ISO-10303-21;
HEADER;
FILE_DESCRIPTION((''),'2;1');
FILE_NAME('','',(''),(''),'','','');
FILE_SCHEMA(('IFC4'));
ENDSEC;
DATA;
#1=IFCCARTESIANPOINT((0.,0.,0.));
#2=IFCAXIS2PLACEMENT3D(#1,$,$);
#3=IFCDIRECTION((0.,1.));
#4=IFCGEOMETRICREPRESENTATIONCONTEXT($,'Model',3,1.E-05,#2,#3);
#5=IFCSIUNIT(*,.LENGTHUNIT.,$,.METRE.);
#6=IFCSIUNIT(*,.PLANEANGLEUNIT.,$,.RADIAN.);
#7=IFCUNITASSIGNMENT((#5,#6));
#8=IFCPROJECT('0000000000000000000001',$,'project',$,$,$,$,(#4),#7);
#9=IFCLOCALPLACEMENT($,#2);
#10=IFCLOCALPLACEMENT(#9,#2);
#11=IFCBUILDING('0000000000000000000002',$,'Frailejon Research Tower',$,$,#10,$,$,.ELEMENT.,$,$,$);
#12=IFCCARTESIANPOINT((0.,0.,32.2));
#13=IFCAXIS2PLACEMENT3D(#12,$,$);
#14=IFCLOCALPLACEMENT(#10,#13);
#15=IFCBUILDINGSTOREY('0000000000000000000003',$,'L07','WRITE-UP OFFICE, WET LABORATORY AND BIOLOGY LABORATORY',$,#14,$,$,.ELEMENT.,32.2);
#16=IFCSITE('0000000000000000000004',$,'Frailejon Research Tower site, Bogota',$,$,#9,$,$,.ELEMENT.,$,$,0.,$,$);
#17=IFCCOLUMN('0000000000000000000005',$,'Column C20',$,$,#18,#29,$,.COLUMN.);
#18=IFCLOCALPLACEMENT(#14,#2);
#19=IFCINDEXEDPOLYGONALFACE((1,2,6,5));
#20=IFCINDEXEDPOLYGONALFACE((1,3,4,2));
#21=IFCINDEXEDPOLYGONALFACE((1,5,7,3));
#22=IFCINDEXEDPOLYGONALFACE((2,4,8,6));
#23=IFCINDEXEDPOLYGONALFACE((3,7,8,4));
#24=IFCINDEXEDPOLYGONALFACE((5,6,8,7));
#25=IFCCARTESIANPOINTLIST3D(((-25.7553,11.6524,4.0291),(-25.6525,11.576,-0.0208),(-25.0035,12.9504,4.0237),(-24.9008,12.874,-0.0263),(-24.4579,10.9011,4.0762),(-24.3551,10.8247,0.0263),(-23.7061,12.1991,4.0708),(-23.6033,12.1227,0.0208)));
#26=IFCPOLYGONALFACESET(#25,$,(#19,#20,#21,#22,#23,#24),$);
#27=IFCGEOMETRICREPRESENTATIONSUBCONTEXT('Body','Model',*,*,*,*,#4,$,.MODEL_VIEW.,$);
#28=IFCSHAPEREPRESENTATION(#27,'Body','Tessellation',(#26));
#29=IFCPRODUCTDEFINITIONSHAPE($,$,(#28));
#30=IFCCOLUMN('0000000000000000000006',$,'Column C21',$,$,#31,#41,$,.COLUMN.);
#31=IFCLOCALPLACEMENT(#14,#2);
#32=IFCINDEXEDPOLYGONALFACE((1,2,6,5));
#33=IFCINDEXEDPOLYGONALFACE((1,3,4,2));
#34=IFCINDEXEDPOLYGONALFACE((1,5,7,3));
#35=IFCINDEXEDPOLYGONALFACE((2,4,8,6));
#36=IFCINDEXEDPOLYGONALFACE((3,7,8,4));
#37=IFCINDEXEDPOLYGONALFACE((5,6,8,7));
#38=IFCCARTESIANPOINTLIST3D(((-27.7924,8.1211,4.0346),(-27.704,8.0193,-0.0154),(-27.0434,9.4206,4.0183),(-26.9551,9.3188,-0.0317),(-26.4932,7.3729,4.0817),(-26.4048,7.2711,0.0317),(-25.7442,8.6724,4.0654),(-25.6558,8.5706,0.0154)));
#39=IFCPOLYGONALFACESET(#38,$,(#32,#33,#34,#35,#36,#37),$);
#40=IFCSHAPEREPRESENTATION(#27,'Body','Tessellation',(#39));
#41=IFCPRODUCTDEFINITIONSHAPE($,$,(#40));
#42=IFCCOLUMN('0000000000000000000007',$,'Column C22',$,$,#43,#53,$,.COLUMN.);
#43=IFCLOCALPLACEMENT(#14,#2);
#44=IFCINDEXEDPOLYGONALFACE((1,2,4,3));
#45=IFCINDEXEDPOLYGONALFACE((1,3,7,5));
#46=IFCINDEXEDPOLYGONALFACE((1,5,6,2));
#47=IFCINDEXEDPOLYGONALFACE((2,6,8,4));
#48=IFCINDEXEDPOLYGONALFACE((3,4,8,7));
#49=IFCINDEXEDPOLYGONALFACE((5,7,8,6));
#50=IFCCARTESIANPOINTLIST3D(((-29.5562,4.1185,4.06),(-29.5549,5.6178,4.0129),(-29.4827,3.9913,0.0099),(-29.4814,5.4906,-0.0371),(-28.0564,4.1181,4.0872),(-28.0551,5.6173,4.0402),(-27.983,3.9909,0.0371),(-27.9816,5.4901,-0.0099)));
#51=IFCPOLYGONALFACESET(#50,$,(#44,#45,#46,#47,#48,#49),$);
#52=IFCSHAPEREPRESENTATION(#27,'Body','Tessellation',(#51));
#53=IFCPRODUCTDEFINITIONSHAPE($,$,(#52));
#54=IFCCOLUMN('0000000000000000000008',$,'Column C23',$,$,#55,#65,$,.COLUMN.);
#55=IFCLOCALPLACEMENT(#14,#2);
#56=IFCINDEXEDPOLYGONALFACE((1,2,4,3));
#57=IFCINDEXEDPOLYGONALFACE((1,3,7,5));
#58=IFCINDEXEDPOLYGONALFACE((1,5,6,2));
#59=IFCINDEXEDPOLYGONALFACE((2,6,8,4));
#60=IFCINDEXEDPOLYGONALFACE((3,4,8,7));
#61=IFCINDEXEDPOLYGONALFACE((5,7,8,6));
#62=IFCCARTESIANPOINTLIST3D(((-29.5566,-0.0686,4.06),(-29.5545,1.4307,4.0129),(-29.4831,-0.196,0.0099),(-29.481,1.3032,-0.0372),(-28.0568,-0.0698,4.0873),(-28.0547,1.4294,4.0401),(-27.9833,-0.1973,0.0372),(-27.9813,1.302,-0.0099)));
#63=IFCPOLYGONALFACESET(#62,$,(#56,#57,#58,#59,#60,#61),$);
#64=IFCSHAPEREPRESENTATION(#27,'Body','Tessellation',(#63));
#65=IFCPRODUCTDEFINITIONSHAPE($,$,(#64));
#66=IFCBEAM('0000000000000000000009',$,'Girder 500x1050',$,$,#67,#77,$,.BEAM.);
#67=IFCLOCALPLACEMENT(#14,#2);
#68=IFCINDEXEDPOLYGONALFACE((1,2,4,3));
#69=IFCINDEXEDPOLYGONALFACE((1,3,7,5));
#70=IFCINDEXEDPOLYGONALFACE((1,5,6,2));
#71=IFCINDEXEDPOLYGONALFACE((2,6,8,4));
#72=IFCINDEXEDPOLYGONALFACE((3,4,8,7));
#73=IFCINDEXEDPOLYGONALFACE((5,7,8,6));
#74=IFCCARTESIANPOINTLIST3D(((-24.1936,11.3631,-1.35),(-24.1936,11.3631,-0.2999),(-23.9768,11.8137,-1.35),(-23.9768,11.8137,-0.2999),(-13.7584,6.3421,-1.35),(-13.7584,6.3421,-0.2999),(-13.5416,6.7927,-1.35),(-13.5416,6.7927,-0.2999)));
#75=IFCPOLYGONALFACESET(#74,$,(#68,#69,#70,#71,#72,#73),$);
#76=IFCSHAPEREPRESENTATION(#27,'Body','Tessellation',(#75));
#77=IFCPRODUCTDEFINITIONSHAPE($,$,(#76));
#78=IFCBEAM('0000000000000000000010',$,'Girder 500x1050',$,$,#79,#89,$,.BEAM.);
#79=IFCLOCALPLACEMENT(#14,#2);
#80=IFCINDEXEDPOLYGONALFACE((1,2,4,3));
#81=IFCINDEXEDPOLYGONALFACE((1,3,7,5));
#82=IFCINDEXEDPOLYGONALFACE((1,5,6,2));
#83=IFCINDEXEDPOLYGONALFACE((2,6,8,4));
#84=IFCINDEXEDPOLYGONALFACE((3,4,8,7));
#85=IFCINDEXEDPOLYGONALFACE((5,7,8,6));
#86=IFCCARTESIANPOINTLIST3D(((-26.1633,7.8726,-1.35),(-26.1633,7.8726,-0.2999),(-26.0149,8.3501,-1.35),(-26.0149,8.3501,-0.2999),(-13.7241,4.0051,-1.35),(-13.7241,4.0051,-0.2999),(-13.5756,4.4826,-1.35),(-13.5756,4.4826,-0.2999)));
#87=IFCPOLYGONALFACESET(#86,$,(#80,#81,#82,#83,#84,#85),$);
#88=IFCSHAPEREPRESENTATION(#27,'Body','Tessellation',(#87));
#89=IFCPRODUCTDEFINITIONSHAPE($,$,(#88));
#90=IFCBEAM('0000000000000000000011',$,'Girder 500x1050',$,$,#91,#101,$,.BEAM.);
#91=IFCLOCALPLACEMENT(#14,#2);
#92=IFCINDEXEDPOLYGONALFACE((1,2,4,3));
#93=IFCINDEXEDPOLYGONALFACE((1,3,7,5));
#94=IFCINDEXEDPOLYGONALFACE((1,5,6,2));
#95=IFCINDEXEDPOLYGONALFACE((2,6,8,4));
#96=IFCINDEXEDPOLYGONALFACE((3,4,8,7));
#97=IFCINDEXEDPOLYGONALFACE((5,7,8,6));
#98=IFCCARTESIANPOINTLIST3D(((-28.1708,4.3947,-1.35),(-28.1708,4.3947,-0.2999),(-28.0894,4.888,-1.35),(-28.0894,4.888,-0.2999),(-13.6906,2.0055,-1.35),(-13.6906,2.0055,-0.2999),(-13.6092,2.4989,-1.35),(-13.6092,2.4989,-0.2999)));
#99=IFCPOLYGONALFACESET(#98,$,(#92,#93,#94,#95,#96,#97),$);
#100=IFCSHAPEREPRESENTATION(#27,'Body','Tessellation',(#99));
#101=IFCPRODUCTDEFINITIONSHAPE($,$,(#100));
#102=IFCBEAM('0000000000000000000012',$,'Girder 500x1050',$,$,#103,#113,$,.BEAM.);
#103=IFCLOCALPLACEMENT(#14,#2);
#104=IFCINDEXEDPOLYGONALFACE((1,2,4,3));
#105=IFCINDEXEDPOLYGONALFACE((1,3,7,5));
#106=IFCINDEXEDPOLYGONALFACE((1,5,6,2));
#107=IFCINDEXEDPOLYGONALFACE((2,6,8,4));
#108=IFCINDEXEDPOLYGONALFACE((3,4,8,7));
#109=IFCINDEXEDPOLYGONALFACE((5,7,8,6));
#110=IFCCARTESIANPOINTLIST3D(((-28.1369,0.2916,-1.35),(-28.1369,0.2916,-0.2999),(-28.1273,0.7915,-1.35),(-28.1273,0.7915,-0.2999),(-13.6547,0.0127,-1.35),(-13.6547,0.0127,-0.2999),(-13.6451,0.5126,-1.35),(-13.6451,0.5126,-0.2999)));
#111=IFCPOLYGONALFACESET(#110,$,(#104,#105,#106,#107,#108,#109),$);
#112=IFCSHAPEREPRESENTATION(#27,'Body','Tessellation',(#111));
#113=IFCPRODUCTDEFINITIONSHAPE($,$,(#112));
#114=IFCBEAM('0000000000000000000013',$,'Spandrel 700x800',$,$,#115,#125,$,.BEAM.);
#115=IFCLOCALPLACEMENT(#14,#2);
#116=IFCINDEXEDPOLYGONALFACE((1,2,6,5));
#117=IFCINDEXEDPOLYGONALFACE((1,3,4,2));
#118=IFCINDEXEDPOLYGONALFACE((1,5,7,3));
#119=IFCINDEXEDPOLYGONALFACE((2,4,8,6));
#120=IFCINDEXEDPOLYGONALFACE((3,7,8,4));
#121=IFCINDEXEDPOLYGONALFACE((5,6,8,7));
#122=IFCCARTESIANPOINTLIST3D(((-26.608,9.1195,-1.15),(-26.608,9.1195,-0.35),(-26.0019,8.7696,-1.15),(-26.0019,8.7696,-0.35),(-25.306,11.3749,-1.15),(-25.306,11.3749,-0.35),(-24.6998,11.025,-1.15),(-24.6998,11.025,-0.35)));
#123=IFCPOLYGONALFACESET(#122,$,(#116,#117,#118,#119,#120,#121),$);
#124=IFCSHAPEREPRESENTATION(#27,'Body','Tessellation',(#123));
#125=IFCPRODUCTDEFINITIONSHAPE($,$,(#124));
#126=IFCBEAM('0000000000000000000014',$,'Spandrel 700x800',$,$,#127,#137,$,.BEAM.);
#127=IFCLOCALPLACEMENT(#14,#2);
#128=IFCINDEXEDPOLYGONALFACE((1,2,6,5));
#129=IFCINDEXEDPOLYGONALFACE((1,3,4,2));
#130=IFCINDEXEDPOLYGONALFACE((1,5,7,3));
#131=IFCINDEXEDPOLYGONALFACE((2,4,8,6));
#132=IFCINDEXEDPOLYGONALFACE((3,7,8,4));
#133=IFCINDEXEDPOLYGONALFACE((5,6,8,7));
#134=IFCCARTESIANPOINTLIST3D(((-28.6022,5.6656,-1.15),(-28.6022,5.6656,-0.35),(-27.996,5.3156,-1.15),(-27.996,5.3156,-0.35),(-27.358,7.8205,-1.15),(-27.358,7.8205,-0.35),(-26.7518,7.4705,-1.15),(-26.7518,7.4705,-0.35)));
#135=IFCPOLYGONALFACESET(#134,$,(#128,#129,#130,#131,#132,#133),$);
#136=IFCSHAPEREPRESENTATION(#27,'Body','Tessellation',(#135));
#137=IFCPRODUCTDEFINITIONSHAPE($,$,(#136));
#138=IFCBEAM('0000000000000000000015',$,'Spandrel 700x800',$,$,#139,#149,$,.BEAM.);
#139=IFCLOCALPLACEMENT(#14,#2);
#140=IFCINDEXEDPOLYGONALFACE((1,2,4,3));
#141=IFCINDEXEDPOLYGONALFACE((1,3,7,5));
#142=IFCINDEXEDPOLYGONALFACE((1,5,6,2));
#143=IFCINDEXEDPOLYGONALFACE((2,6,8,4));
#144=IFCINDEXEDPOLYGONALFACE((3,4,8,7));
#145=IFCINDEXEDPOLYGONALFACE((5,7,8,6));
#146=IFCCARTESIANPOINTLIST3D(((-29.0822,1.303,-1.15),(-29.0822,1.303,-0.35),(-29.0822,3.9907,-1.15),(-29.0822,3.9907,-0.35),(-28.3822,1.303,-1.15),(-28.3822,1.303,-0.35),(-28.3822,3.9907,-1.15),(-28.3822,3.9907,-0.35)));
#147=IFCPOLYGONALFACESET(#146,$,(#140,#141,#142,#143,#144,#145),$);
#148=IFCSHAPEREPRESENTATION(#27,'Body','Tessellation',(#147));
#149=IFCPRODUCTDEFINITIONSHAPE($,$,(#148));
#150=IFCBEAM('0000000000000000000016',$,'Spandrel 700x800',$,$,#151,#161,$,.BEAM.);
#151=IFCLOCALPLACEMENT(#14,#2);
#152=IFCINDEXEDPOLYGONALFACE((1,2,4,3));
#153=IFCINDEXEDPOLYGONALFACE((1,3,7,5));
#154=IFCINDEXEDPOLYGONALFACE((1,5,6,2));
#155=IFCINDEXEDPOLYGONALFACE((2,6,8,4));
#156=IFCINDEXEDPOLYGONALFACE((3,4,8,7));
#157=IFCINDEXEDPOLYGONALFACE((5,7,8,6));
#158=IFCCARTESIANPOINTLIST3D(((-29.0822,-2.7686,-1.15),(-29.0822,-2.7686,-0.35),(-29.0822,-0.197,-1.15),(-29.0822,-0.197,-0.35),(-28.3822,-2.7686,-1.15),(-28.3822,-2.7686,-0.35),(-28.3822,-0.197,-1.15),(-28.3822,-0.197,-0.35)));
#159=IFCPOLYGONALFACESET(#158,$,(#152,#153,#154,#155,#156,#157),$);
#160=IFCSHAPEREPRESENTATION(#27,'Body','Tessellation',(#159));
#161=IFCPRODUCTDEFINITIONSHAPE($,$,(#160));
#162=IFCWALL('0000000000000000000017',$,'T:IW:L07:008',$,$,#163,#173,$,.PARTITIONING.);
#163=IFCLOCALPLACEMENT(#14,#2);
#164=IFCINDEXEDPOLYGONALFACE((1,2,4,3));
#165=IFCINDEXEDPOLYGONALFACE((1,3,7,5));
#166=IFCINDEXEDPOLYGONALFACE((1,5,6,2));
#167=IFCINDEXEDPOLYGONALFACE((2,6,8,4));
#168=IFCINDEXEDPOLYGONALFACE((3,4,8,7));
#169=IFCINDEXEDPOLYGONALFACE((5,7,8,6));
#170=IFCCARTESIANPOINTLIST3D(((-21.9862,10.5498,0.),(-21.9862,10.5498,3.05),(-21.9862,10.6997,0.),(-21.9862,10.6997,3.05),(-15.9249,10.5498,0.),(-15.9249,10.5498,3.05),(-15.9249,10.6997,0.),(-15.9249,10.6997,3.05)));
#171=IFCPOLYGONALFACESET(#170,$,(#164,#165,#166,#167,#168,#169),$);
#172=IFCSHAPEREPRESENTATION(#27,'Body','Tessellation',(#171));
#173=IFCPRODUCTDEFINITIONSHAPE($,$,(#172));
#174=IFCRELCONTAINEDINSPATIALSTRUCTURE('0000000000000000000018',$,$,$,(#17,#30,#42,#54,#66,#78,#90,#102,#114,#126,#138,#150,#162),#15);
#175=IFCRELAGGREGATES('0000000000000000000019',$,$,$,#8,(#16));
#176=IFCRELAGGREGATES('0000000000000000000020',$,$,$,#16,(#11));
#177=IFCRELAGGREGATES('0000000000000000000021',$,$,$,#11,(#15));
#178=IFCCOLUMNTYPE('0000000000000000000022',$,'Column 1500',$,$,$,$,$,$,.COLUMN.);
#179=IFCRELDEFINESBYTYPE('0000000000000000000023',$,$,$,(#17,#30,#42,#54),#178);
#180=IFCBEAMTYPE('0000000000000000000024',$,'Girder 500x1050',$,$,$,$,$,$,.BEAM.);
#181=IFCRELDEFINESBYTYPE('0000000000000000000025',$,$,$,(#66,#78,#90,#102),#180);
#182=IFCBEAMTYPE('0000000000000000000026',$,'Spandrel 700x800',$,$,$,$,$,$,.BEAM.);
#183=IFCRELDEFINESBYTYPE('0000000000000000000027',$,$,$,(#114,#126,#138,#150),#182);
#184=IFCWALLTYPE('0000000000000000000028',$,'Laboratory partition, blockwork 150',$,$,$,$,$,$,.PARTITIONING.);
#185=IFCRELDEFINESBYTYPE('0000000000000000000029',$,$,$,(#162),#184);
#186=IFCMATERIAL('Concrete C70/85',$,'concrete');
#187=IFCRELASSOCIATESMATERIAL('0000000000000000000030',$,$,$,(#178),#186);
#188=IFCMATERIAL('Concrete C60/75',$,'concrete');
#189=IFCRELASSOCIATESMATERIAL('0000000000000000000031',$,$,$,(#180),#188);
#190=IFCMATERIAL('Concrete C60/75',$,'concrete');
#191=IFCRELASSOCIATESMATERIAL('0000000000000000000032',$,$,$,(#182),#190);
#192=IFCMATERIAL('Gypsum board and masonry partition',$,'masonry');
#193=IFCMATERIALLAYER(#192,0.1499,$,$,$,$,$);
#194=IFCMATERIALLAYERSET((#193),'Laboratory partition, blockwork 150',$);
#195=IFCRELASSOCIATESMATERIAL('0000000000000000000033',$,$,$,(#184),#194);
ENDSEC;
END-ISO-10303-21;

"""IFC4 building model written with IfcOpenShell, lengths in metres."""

from ifc_helpers import new_model, si_unit, direction, frame, frame_2d, origin, origin_2d, place, context, subcontext, project, spatial, rectangle, extrude, material, layer, layer_set, material_profile, profile_set, type_object, element, save


model = new_model("IFC4")

# Units and contexts
model_context = context("Model", 3, precision=1e-05, world=origin(), true_north=direction((0.0, 1.0)))
body_context = subcontext(model_context, "Body", "Model", "MODEL_VIEW")
ifc_project = project(units=[si_unit("LENGTHUNIT", "METRE"), si_unit("PLANEANGLEUNIT", "RADIAN")], contexts=[model_context])

# Site, building, storey
site_placement = place(None, origin())
site = spatial("IfcSite", under=ifc_project, at=site_placement, Name="Frailejon Research Tower site, Bogota", CompositionType="ELEMENT", RefElevation=0.0)
building_placement = place(site_placement, origin())
building = spatial("IfcBuilding", under=site, at=building_placement, Name="Frailejon Research Tower", CompositionType="ELEMENT")
storey_placement = place(building_placement, frame((0.0, 0.0, 32.2)))
storey = spatial("IfcBuildingStorey", under=building, at=storey_placement, Name="L07", Description="WRITE-UP OFFICE, WET LABORATORY AND BIOLOGY LABORATORY", CompositionType="ELEMENT", Elevation=32.2)

# Columns
ifc_material_1 = material(Name="Concrete C70/85", Category="concrete")
ifc_material_profile_1 = material_profile(ifc_material_1, rectangle(XDim=1.5, YDim=1.5, at=origin_2d()), Name="Column 1500")
ifc_profile_set_1 = profile_set([ifc_material_profile_1], Name="Concrete C70/85")
column_type = type_object("IfcColumnType", Name="Column 1500", PredefinedType="COLUMN", material=ifc_profile_set_1)
column_1_placement = place(storey_placement, frame((-24.6279, 11.8494, 0.0), z_axis=(-0.025366, 0.018858, 0.9995), x_axis=(-0.501191, -0.865329, 0.003608)))
element("IfcColumn", 1, at=column_1_placement, inside=storey, type_object=column_type, Name="Column C20", PredefinedType="COLUMN", context=body_context, shape_type="SweptSolid", body=[
    extrude(rectangle(XDim=1.5, YDim=1.5, at=origin_2d()), origin(), (0.0, 0.0, 1.0), 4.052),
])
column_2_placement = place(storey_placement, frame((-26.6799, 8.2949, 0.0), z_axis=(-0.02181, 0.025123, 0.999446), x_axis=(-0.499317, -0.866351, 0.010882)))
element("IfcColumn", 2, at=column_2_placement, inside=storey, type_object=column_type, Name="Column C21", PredefinedType="COLUMN", context=body_context, shape_type="SweptSolid", body=[
    extrude(rectangle(XDim=1.5, YDim=1.5, at=origin_2d()), origin(), (0.0, 0.0, 1.0), 4.0522),
])
for number, where, z_axis, x_axis, name in (
    (3, (-28.7322, 4.7407, 0.0), (-0.018133, 0.031386, 0.999343), (-0.000879, -0.999507, 0.031375), "Column C22"),
    (4, (-28.7322, 0.553, 0.0), (-0.018133, 0.031446, 0.999341), (-0.001396, -0.999505, 0.031426), "Column C23"),
):
    element("IfcColumn", number, at=place(storey_placement, frame(where, z_axis=z_axis, x_axis=x_axis)), inside=storey, type_object=column_type, Name=name, PredefinedType="COLUMN", context=body_context, shape_type="SweptSolid", body=[
        extrude(rectangle(XDim=1.5, YDim=1.5, at=origin_2d()), origin(), (0.0, 0.0, 1.0), 4.0527),
    ])

# Beams
ifc_material_2 = material(Name="Concrete C60/75", Category="concrete")
ifc_material_profile_2 = material_profile(ifc_material_2, rectangle(XDim=0.5, YDim=1.05, at=origin_2d()), Name="Girder 500x1050")
ifc_profile_set_2 = profile_set([ifc_material_profile_2], Name="Concrete C60/75")
beam_type_1 = type_object("IfcBeamType", Name="Girder 500x1050", PredefinedType="BEAM", material=ifc_profile_set_2)
beam_1_placement = place(storey_placement, frame((-24.0852, 11.5884, -0.825), z_axis=(0.901117, -0.433577, 0.0), x_axis=(0.433577, 0.901117, 0.0)))
element("IfcBeam", 5, at=beam_1_placement, inside=storey, type_object=beam_type_1, Name="Girder 500x1050", PredefinedType="BEAM", context=body_context, shape_type="SweptSolid", body=[
    extrude(rectangle(XDim=0.5, YDim=1.05, at=origin_2d()), origin(), (0.0, 0.0, 1.0), 11.5803),
])
beam_2_placement = place(storey_placement, frame((-26.0891, 8.1113, -0.825), z_axis=(0.954912, -0.296888, 0.0), x_axis=(0.296888, 0.954912, 0.0)))
element("IfcBeam", 6, at=beam_2_placement, inside=storey, type_object=beam_type_1, Name="Girder 500x1050", PredefinedType="BEAM", context=body_context, shape_type="SweptSolid", body=[
    extrude(rectangle(XDim=0.5, YDim=1.05, at=origin_2d()), origin(), (0.0, 0.0, 1.0), 13.0266),
])
beam_3_placement = place(storey_placement, frame((-28.1301, 4.6414, -0.825), z_axis=(0.98666, -0.162794, 0.0), x_axis=(0.162794, 0.98666, 0.0)))
element("IfcBeam", 7, at=beam_3_placement, inside=storey, type_object=beam_type_1, Name="Girder 500x1050", PredefinedType="BEAM", context=body_context, shape_type="SweptSolid", body=[
    extrude(rectangle(XDim=0.5, YDim=1.05, at=origin_2d()), origin(), (0.0, 0.0, 1.0), 14.676),
])
beam_4_placement = place(storey_placement, frame((-28.1321, 0.5415, -0.825), z_axis=(0.999815, -0.019248, 0.0), x_axis=(0.019248, 0.999815, 0.0)))
element("IfcBeam", 8, at=beam_4_placement, inside=storey, type_object=beam_type_1, Name="Girder 500x1050", PredefinedType="BEAM", context=body_context, shape_type="SweptSolid", body=[
    extrude(rectangle(XDim=0.5, YDim=1.05, at=origin_2d()), origin(), (0.0, 0.0, 1.0), 14.4849),
])
ifc_material_3 = material(Name="Concrete C60/75", Category="concrete")
ifc_material_profile_3 = material_profile(ifc_material_3, rectangle(XDim=0.7, YDim=0.8, at=origin_2d()), Name="Spandrel 700x800")
ifc_profile_set_3 = profile_set([ifc_material_profile_3], Name="Concrete C60/75")
beam_type_2 = type_object("IfcBeamType", Name="Spandrel 700x800", PredefinedType="BEAM", material=ifc_profile_set_3)
beam_5_placement = place(storey_placement, frame((-25.0029, 11.2, -0.75), z_axis=(-0.49996, -0.866048, 0.0), x_axis=(0.866048, -0.49996, 0.0)))
element("IfcBeam", 9, at=beam_5_placement, inside=storey, type_object=beam_type_2, Name="Spandrel 700x800", PredefinedType="BEAM", context=body_context, shape_type="SweptSolid", body=[
    extrude(rectangle(XDim=0.7, YDim=0.8, at=origin_2d()), origin(), (0.0, 0.0, 1.0), 2.6042),
])
beam_6_placement = place(storey_placement, frame((-27.0549, 7.6455, -0.75), z_axis=(-0.500023, -0.866012, 0.0), x_axis=(0.866012, -0.500023, 0.0)))
element("IfcBeam", 10, at=beam_6_placement, inside=storey, type_object=beam_type_2, Name="Spandrel 700x800", PredefinedType="BEAM", context=body_context, shape_type="SweptSolid", body=[
    extrude(rectangle(XDim=0.7, YDim=0.8, at=origin_2d()), origin(), (0.0, 0.0, 1.0), 2.4883),
])
beam_7_placement = place(storey_placement, frame((-28.7322, 3.9907, -0.75), z_axis=(0.0, -1.0, 0.0), x_axis=(1.0, 0.0, 0.0)))
element("IfcBeam", 11, at=beam_7_placement, inside=storey, type_object=beam_type_2, Name="Spandrel 700x800", PredefinedType="BEAM", context=body_context, shape_type="SweptSolid", body=[
    extrude(rectangle(XDim=0.7, YDim=0.8, at=origin_2d()), origin(), (0.0, 0.0, 1.0), 2.6877),
])
beam_8_placement = place(storey_placement, frame((-28.7322, -0.197, -0.75), z_axis=(0.0, -1.0, 0.0), x_axis=(1.0, 0.0, 0.0)))
element("IfcBeam", 12, at=beam_8_placement, inside=storey, type_object=beam_type_2, Name="Spandrel 700x800", PredefinedType="BEAM", context=body_context, shape_type="SweptSolid", body=[
    extrude(rectangle(XDim=0.7, YDim=0.8, at=origin_2d()), origin(), (0.0, 0.0, 1.0), 2.5715),
])

# Wall
ifc_material_4 = material(Name="Gypsum board and masonry partition", Category="masonry")
ifc_layer_1 = layer(ifc_material_4, 0.1499)
ifc_layer_set_1 = layer_set([ifc_layer_1], Name="Laboratory partition, blockwork 150")
wall_type_1 = type_object("IfcWallType", Name="Laboratory partition, blockwork 150", PredefinedType="PARTITIONING", material=ifc_layer_set_1)
wall_1_placement = place(storey_placement, frame((-21.9863, 10.6248, 0.0), z_axis=(0.0, 0.0, 1.0), x_axis=(1.0, 0.0, 0.0)))
element("IfcWall", 13, at=wall_1_placement, inside=storey, type_object=wall_type_1, Name="T:IW:L07:008", PredefinedType="PARTITIONING", context=body_context, shape_type="SweptSolid", body=[
    extrude(rectangle(XDim=6.0613, YDim=0.1499, at=frame_2d((3.0308, 0.0))), origin(), (0.0, 0.0, 1.0), 3.05),
])

save(model, "model.ifc")
